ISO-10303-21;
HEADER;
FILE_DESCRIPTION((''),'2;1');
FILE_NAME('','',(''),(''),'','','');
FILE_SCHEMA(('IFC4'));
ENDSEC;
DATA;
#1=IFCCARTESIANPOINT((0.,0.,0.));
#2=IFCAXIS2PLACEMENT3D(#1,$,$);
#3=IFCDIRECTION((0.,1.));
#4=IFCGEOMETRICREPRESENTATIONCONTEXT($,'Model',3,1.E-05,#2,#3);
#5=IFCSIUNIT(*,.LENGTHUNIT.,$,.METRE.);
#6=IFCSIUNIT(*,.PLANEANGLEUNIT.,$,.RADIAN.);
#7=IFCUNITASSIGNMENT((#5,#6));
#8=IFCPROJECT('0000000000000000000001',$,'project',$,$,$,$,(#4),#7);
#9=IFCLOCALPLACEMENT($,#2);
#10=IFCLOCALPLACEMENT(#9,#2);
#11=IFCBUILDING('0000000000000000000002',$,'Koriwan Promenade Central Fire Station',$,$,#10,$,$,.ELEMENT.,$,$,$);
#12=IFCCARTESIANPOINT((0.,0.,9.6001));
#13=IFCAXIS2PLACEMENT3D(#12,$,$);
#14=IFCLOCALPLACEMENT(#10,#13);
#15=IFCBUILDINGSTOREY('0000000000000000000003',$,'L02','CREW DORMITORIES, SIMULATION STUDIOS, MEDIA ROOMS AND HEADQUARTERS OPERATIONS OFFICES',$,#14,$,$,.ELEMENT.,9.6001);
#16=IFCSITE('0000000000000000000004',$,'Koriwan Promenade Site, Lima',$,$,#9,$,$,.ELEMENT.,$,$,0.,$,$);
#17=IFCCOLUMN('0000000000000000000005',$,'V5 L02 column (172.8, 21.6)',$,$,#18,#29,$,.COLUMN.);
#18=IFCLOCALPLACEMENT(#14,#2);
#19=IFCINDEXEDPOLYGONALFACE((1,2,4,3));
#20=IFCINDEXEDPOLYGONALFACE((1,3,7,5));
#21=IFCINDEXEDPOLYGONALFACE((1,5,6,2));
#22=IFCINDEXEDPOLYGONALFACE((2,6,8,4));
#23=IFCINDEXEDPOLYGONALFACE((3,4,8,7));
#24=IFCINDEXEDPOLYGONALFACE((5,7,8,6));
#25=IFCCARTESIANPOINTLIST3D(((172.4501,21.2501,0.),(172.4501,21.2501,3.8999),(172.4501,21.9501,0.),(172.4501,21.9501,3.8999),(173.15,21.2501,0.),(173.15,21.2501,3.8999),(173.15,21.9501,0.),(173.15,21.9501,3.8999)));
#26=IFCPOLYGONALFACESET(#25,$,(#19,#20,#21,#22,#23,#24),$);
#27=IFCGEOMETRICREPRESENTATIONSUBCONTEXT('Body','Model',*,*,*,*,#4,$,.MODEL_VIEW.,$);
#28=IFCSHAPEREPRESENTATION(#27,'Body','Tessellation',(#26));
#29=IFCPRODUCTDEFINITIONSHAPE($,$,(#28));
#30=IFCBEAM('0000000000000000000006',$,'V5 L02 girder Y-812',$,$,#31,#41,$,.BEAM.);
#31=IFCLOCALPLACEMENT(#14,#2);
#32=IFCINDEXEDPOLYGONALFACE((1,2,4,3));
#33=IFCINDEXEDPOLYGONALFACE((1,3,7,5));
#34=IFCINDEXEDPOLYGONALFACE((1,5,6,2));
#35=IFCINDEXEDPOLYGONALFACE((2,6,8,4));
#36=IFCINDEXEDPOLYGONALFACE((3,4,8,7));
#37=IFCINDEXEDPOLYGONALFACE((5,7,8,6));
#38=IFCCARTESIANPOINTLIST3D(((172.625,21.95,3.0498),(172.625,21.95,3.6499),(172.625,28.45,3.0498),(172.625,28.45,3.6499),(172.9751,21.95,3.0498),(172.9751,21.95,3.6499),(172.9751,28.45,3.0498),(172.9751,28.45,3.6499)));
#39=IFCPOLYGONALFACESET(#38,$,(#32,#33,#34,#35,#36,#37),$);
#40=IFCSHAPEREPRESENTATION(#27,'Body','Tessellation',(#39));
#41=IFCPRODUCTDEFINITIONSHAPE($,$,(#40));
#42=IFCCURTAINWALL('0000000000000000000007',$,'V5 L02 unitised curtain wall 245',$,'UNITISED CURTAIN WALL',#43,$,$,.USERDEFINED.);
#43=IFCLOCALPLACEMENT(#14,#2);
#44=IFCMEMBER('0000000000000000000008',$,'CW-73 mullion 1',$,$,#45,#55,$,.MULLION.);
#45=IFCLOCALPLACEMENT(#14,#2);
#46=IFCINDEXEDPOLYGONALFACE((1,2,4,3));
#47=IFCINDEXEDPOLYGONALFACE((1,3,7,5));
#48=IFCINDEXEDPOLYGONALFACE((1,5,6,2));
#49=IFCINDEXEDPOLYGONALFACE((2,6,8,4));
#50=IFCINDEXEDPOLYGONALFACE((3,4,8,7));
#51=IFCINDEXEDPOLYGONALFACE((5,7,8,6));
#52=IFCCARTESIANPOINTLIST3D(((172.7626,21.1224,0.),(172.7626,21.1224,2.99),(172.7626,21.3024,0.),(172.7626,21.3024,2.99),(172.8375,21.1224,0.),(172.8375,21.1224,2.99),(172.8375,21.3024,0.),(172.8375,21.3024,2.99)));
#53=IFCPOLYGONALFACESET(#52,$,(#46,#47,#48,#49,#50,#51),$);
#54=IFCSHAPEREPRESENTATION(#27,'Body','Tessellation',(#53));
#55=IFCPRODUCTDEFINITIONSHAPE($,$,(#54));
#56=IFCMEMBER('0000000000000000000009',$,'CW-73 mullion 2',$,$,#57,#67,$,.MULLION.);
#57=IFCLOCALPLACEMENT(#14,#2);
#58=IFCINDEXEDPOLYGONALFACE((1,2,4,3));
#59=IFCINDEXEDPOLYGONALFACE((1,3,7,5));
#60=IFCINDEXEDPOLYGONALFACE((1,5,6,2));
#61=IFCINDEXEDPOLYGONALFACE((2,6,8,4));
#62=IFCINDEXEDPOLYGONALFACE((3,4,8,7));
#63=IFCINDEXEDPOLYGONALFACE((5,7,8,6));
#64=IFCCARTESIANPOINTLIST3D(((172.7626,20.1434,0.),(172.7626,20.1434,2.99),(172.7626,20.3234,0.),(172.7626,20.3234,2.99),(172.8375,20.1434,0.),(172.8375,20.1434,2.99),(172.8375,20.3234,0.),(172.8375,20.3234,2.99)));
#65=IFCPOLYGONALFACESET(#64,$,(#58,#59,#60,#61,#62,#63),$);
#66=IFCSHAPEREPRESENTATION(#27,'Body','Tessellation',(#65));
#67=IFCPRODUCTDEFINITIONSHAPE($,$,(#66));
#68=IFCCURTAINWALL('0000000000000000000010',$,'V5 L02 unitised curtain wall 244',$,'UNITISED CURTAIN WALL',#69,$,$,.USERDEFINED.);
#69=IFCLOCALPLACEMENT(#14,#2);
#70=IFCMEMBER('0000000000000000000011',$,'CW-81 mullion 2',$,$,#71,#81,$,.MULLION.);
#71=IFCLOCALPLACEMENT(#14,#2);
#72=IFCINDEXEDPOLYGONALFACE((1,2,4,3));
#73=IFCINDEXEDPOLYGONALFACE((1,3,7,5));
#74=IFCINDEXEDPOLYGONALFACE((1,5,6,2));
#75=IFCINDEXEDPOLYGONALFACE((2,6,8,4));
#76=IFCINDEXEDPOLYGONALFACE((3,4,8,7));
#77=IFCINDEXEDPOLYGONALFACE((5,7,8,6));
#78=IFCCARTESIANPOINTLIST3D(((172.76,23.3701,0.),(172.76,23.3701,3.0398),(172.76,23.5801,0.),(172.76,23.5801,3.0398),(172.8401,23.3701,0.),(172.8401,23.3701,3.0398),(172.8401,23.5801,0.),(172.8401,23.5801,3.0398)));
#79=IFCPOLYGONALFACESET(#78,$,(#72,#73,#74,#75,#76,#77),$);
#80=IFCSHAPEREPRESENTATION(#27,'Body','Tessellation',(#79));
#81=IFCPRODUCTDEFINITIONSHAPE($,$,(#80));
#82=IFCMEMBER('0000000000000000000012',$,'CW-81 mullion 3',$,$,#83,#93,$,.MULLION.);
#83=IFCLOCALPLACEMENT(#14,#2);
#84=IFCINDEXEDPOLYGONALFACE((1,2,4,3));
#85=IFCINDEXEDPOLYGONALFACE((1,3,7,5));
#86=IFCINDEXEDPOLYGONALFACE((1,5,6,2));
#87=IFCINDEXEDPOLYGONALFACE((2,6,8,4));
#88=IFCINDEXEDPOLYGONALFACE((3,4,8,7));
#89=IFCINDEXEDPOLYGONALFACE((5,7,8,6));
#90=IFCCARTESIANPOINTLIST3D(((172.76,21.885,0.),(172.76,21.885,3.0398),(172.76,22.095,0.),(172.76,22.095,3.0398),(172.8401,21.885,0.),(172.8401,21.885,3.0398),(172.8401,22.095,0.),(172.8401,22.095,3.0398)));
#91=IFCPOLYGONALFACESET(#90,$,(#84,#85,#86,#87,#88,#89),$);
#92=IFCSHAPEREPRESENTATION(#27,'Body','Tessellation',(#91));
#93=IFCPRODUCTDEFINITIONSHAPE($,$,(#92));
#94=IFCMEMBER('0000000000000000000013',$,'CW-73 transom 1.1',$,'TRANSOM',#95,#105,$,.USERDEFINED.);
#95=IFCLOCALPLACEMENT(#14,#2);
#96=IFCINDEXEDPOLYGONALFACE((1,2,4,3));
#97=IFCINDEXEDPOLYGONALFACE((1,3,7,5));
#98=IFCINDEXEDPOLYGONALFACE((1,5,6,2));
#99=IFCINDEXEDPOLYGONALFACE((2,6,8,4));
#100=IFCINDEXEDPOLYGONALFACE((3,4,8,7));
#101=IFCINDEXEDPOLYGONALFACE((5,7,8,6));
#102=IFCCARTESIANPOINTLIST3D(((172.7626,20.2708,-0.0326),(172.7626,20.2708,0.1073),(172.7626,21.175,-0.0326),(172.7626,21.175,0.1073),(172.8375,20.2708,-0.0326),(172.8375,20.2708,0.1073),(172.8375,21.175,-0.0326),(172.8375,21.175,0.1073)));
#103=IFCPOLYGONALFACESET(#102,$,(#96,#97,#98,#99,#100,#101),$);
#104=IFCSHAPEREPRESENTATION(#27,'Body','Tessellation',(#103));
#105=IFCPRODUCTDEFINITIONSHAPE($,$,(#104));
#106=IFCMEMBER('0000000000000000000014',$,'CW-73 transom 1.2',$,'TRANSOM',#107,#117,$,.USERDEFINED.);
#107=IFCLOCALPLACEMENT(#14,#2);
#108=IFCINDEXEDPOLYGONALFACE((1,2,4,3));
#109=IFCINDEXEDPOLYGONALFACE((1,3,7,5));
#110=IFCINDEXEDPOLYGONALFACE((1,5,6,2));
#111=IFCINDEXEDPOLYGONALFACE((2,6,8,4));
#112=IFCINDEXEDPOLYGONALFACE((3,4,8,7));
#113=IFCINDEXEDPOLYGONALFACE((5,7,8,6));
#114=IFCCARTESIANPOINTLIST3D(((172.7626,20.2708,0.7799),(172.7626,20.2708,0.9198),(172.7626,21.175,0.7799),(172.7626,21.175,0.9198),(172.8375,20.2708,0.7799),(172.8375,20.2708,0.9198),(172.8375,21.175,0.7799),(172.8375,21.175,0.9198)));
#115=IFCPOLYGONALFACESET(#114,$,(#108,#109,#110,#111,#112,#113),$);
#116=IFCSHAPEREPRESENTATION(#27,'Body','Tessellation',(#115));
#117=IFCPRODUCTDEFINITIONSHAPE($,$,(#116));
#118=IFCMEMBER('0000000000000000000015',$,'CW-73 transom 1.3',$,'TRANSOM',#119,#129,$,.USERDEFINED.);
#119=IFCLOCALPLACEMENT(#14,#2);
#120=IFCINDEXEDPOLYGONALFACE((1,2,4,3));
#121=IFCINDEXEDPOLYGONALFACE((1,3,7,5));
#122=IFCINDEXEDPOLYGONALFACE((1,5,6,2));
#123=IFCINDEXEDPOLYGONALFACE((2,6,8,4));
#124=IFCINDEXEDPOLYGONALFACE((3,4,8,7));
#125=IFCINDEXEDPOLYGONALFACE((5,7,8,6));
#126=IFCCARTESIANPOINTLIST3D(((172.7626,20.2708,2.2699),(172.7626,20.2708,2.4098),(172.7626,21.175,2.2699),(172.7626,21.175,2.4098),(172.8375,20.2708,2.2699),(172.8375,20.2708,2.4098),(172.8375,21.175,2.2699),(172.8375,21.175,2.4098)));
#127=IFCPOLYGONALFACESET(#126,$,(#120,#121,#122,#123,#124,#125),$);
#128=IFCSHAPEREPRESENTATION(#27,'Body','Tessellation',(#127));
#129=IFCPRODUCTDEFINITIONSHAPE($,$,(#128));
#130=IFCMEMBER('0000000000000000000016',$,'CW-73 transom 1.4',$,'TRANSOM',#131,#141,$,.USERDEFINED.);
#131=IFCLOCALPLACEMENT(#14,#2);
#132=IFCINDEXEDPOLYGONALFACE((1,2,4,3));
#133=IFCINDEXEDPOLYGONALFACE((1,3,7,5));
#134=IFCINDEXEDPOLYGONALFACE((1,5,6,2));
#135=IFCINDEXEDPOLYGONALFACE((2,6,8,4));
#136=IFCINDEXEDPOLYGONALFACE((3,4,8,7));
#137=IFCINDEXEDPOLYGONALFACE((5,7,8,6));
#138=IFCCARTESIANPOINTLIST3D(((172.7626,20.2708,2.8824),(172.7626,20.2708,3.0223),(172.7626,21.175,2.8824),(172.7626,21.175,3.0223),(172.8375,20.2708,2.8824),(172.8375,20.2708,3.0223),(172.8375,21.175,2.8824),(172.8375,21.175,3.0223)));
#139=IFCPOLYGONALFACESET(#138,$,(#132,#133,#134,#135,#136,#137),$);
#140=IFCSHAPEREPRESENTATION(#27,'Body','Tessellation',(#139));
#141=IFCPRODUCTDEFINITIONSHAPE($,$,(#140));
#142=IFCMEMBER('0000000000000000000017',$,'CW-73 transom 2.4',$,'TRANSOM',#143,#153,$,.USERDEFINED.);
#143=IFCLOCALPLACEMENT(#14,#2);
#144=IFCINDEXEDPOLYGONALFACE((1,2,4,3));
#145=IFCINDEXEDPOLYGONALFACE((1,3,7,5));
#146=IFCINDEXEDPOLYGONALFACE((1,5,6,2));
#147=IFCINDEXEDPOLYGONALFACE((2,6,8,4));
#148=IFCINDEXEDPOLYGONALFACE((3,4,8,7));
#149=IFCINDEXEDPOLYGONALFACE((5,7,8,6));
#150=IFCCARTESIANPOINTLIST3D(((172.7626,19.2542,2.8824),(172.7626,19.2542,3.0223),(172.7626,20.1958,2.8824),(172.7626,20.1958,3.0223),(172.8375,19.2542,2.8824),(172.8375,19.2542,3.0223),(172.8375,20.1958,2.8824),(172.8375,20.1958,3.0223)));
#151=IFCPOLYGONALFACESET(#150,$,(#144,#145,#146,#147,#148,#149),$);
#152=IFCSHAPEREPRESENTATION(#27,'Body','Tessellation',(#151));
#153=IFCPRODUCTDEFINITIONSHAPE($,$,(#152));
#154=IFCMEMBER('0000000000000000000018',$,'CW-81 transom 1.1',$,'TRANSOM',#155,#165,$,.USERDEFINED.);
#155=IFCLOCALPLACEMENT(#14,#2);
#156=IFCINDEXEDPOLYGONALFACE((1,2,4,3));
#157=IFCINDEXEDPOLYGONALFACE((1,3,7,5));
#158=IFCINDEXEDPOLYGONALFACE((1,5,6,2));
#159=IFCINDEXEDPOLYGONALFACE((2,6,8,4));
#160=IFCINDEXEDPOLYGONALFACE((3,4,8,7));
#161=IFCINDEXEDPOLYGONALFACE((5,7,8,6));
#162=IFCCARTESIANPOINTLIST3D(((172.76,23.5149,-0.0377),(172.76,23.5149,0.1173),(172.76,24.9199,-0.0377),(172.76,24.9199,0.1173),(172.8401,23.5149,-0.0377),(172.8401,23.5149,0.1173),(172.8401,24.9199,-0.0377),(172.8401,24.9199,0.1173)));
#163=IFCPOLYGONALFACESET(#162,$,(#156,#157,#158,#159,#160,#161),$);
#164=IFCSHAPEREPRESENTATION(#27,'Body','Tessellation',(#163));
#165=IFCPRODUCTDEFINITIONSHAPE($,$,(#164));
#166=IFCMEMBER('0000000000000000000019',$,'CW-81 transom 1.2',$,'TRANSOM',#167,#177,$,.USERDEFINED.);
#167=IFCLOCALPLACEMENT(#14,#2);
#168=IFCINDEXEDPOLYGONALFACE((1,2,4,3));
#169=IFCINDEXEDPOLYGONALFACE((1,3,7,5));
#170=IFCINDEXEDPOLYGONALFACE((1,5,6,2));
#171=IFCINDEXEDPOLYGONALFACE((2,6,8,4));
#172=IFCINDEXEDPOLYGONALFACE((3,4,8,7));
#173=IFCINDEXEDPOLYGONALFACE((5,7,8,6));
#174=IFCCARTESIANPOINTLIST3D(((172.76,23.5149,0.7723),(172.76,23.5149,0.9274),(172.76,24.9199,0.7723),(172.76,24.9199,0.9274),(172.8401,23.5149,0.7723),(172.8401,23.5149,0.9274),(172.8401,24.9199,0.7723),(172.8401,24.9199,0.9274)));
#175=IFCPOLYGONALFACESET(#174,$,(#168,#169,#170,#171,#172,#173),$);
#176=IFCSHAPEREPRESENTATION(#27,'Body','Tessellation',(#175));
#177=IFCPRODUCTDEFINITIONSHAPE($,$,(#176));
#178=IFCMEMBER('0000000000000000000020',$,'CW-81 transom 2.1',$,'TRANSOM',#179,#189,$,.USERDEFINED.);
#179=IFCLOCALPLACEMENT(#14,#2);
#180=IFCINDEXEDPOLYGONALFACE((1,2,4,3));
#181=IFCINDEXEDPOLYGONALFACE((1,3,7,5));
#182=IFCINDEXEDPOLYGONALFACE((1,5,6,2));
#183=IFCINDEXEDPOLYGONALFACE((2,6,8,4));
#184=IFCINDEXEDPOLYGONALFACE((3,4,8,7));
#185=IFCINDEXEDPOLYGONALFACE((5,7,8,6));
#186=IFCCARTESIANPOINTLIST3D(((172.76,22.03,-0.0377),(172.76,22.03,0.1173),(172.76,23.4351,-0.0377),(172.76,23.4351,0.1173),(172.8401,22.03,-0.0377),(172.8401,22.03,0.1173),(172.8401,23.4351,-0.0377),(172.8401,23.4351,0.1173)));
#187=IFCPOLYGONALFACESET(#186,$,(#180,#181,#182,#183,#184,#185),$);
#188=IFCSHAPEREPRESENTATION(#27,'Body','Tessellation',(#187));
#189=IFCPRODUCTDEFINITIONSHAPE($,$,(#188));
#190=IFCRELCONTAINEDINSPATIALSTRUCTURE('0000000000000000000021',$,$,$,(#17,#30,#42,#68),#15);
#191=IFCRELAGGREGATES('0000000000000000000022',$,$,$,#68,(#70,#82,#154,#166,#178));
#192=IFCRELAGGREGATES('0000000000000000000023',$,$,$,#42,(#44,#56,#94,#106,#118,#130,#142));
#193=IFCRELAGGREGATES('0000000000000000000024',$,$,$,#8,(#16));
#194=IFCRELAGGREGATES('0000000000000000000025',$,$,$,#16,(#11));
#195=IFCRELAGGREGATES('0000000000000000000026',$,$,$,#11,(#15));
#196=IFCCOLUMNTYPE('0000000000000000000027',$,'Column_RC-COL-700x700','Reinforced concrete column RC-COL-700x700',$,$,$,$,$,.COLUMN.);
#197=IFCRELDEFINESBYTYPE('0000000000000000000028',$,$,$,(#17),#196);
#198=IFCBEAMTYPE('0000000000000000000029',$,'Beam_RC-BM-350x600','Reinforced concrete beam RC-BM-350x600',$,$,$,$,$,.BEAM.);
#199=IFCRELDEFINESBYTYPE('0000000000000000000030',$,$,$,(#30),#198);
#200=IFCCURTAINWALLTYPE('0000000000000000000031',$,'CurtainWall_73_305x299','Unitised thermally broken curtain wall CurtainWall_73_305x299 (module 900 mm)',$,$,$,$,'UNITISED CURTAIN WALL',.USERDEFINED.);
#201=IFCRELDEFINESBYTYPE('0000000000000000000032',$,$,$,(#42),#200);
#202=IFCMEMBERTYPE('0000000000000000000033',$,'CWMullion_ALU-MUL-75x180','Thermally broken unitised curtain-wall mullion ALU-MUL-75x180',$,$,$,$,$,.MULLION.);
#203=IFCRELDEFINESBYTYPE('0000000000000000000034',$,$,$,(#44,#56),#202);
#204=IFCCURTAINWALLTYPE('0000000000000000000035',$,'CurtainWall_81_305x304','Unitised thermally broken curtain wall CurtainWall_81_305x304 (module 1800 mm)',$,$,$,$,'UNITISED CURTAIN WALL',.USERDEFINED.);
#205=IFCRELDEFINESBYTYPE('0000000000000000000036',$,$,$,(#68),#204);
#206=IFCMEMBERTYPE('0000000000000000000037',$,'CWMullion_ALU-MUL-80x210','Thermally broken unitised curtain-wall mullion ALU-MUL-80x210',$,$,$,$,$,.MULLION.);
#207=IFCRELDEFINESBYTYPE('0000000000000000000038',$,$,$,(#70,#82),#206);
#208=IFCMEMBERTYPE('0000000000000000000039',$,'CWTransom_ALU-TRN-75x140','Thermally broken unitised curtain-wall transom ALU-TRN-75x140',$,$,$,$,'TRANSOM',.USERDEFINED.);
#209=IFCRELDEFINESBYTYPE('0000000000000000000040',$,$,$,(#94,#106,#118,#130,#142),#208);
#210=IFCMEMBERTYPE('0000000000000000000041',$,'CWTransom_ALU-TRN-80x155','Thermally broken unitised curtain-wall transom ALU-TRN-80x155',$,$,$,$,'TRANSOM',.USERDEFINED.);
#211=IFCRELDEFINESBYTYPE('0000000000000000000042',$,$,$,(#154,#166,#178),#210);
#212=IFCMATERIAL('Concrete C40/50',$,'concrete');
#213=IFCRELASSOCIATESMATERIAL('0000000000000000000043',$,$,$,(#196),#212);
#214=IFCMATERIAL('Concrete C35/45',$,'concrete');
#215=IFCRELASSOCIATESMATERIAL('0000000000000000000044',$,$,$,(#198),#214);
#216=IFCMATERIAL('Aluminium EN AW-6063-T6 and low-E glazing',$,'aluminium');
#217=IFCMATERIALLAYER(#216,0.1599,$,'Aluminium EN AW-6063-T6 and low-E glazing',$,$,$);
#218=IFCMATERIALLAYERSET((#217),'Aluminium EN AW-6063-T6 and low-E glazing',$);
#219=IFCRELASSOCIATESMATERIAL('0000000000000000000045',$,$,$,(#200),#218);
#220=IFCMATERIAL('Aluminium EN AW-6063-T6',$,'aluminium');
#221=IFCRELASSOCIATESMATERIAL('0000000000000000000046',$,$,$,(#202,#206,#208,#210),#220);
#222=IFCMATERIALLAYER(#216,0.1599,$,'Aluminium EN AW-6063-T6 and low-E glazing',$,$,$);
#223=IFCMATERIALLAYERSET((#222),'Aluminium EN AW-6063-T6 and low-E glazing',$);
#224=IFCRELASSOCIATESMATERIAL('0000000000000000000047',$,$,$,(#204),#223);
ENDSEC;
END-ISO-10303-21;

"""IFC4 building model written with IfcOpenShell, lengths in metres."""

from ifc_helpers import new_model, si_unit, direction, frame, origin, origin_2d, place, context, subcontext, project, spatial, rectangle, extrude, material, layer, layer_set, material_profile, profile_set, type_object, element, aggregate, save


model = new_model("IFC4")

# Units and contexts
model_context = context("Model", 3, precision=1e-05, world=origin(), true_north=direction((0.0, 1.0)))
body_context = subcontext(model_context, "Body", "Model", "MODEL_VIEW")
ifc_project = project(units=[si_unit("LENGTHUNIT", "METRE"), si_unit("PLANEANGLEUNIT", "RADIAN")], contexts=[model_context])

# Site, building, storey
site_placement = place(None, origin())
site = spatial("IfcSite", under=ifc_project, at=site_placement, Name="Koriwan Promenade Site, Lima", CompositionType="ELEMENT", RefElevation=0.0)
building_placement = place(site_placement, origin())
building = spatial("IfcBuilding", under=site, at=building_placement, Name="Koriwan Promenade Central Fire Station", CompositionType="ELEMENT")
storey_placement = place(building_placement, frame((0.0, 0.0, 9.6001)))
storey = spatial("IfcBuildingStorey", under=building, at=storey_placement, Name="L02", Description="CREW DORMITORIES, SIMULATION STUDIOS, MEDIA ROOMS AND HEADQUARTERS OPERATIONS OFFICES", CompositionType="ELEMENT", Elevation=9.6001)

# Column
ifc_material_1 = material(Name="Concrete C40/50", Category="concrete")
ifc_material_profile_1 = material_profile(ifc_material_1, rectangle(XDim=0.7, YDim=0.7, at=origin_2d()), Name="RC-COL-700x700")
ifc_profile_set_1 = profile_set([ifc_material_profile_1], Name="Concrete C40/50")
column_type = type_object("IfcColumnType", Name="Column_RC-COL-700x700", Description="Reinforced concrete column RC-COL-700x700", PredefinedType="COLUMN", material=ifc_profile_set_1)
column_placement = place(storey_placement, frame((172.8, 21.6001, 0.0), z_axis=(0.0, 0.0, 1.0), x_axis=(1.0, 0.0, 0.0)))
element("IfcColumn", 1, at=column_placement, inside=storey, type_object=column_type, Name="V5 L02 column (172.8, 21.6)", PredefinedType="COLUMN", context=body_context, shape_type="SweptSolid", body=[
    extrude(rectangle(XDim=0.7, YDim=0.7, at=origin_2d()), origin(), (0.0, 0.0, 1.0), 3.8999),
])

# Beam
ifc_material_2 = material(Name="Concrete C35/45", Category="concrete")
ifc_material_profile_2 = material_profile(ifc_material_2, rectangle(XDim=0.3501, YDim=0.6001, at=origin_2d()), Name="RC-BM-350x600")
ifc_profile_set_2 = profile_set([ifc_material_profile_2], Name="Concrete C35/45")
beam_type = type_object("IfcBeamType", Name="Beam_RC-BM-350x600", Description="Reinforced concrete beam RC-BM-350x600", PredefinedType="BEAM", material=ifc_profile_set_2)
beam_placement = place(storey_placement, frame((172.8, 21.95, 3.3499), z_axis=(0.0, 1.0, 0.0), x_axis=(-1.0, 0.0, 0.0)))
element("IfcBeam", 2, at=beam_placement, inside=storey, type_object=beam_type, Name="V5 L02 girder Y-812", PredefinedType="BEAM", context=body_context, shape_type="SweptSolid", body=[
    extrude(rectangle(XDim=0.3501, YDim=0.6001, at=origin_2d()), origin(), (0.0, 0.0, 1.0), 6.5),
])

# Curtain walls, members
ifc_material_3 = material(Name="Aluminium EN AW-6063-T6 and low-E glazing", Category="aluminium")
ifc_layer_1 = layer(ifc_material_3, 0.1599, Name="Aluminium EN AW-6063-T6 and low-E glazing")
ifc_layer_set_1 = layer_set([ifc_layer_1], Name="Aluminium EN AW-6063-T6 and low-E glazing")
curtain_wall_type_1 = type_object("IfcCurtainWallType", Name="CurtainWall_73_305x299", Description="Unitised thermally broken curtain wall CurtainWall_73_305x299 (module 900 mm)", ElementType="UNITISED CURTAIN WALL", PredefinedType="USERDEFINED", material=ifc_layer_set_1)
curtain_wall_1_placement = place(storey_placement, origin())
curtain_wall_1 = element("IfcCurtainWall", 3, at=curtain_wall_1_placement, inside=storey, type_object=curtain_wall_type_1, Name="V5 L02 unitised curtain wall 245", ObjectType="UNITISED CURTAIN WALL", PredefinedType="USERDEFINED")
ifc_material_4 = material(Name="Aluminium EN AW-6063-T6", Category="aluminium")
ifc_material_profile_3 = material_profile(ifc_material_4, rectangle(XDim=0.075, YDim=0.1799, at=origin_2d()), Name="ALU-MUL-75x180")
ifc_profile_set_3 = profile_set([ifc_material_profile_3], Name="Aluminium EN AW-6063-T6")
member_type_1 = type_object("IfcMemberType", Name="CWMullion_ALU-MUL-75x180", Description="Thermally broken unitised curtain-wall mullion ALU-MUL-75x180", PredefinedType="MULLION", material=ifc_profile_set_3)
member_1_placement = place(storey_placement, frame((172.8, 21.2124, 0.0), z_axis=(0.0, 0.0, 1.0), x_axis=(1.0, 0.0, 0.0)))
member_1 = element("IfcMember", 4, at=member_1_placement, type_object=member_type_1, Name="CW-73 mullion 1", PredefinedType="MULLION", context=body_context, shape_type="SweptSolid", body=[
    extrude(rectangle(XDim=0.075, YDim=0.1799, at=origin_2d()), origin(), (0.0, 0.0, 1.0), 2.99),
])
member_2_placement = place(storey_placement, frame((172.8, 20.2334, 0.0), z_axis=(0.0, 0.0, 1.0), x_axis=(1.0, 0.0, 0.0)))
member_2 = element("IfcMember", 5, at=member_2_placement, type_object=member_type_1, Name="CW-73 mullion 2", PredefinedType="MULLION", context=body_context, shape_type="SweptSolid", body=[
    extrude(rectangle(XDim=0.075, YDim=0.1799, at=origin_2d()), origin(), (0.0, 0.0, 1.0), 2.99),
])
ifc_layer_2 = layer(ifc_material_3, 0.1599, Name="Aluminium EN AW-6063-T6 and low-E glazing")
ifc_layer_set_2 = layer_set([ifc_layer_2], Name="Aluminium EN AW-6063-T6 and low-E glazing")
curtain_wall_type_2 = type_object("IfcCurtainWallType", Name="CurtainWall_81_305x304", Description="Unitised thermally broken curtain wall CurtainWall_81_305x304 (module 1800 mm)", ElementType="UNITISED CURTAIN WALL", PredefinedType="USERDEFINED", material=ifc_layer_set_2)
curtain_wall_2_placement = place(storey_placement, origin())
curtain_wall_2 = element("IfcCurtainWall", 6, at=curtain_wall_2_placement, inside=storey, type_object=curtain_wall_type_2, Name="V5 L02 unitised curtain wall 244", ObjectType="UNITISED CURTAIN WALL", PredefinedType="USERDEFINED")
ifc_material_profile_4 = material_profile(ifc_material_4, rectangle(XDim=0.0801, YDim=0.21, at=origin_2d()), Name="ALU-MUL-80x210")
ifc_profile_set_4 = profile_set([ifc_material_profile_4], Name="Aluminium EN AW-6063-T6")
member_type_2 = type_object("IfcMemberType", Name="CWMullion_ALU-MUL-80x210", Description="Thermally broken unitised curtain-wall mullion ALU-MUL-80x210", PredefinedType="MULLION", material=ifc_profile_set_4)
member_3_placement = place(storey_placement, frame((172.8, 23.4751, 0.0), z_axis=(0.0, 0.0, 1.0), x_axis=(1.0, 0.0, 0.0)))
member_3 = element("IfcMember", 7, at=member_3_placement, type_object=member_type_2, Name="CW-81 mullion 2", PredefinedType="MULLION", context=body_context, shape_type="SweptSolid", body=[
    extrude(rectangle(XDim=0.0801, YDim=0.21, at=origin_2d()), origin(), (0.0, 0.0, 1.0), 3.0398),
])
member_4_placement = place(storey_placement, frame((172.8, 21.99, 0.0), z_axis=(0.0, 0.0, 1.0), x_axis=(1.0, 0.0, 0.0)))
member_4 = element("IfcMember", 8, at=member_4_placement, type_object=member_type_2, Name="CW-81 mullion 3", PredefinedType="MULLION", context=body_context, shape_type="SweptSolid", body=[
    extrude(rectangle(XDim=0.0801, YDim=0.21, at=origin_2d()), origin(), (0.0, 0.0, 1.0), 3.0398),
])

# Members
ifc_material_profile_5 = material_profile(ifc_material_4, rectangle(XDim=0.075, YDim=0.1399, at=origin_2d()), Name="ALU-TRN-75x140")
ifc_profile_set_5 = profile_set([ifc_material_profile_5], Name="Aluminium EN AW-6063-T6")
member_type_3 = type_object("IfcMemberType", Name="CWTransom_ALU-TRN-75x140", Description="Thermally broken unitised curtain-wall transom ALU-TRN-75x140", ElementType="TRANSOM", PredefinedType="USERDEFINED", material=ifc_profile_set_5)
member_5_placement = place(storey_placement, frame((172.8, 21.175, 0.0374), z_axis=(0.0, -1.0, 0.0), x_axis=(1.0, 0.0, 0.0)))
member_5 = element("IfcMember", 9, at=member_5_placement, type_object=member_type_3, Name="CW-73 transom 1.1", ObjectType="TRANSOM", PredefinedType="USERDEFINED", context=body_context, shape_type="SweptSolid", body=[
    extrude(rectangle(XDim=0.075, YDim=0.1399, at=origin_2d()), origin(), (0.0, 0.0, 1.0), 0.9043),
])
member_6_placement = place(storey_placement, frame((172.8, 21.175, 0.8499), z_axis=(0.0, -1.0, 0.0), x_axis=(1.0, 0.0, 0.0)))
member_6 = element("IfcMember", 10, at=member_6_placement, type_object=member_type_3, Name="CW-73 transom 1.2", ObjectType="TRANSOM", PredefinedType="USERDEFINED", context=body_context, shape_type="SweptSolid", body=[
    extrude(rectangle(XDim=0.075, YDim=0.1399, at=origin_2d()), origin(), (0.0, 0.0, 1.0), 0.9043),
])
member_7_placement = place(storey_placement, frame((172.8, 21.175, 2.3398), z_axis=(0.0, -1.0, 0.0), x_axis=(1.0, 0.0, 0.0)))
member_7 = element("IfcMember", 11, at=member_7_placement, type_object=member_type_3, Name="CW-73 transom 1.3", ObjectType="TRANSOM", PredefinedType="USERDEFINED", context=body_context, shape_type="SweptSolid", body=[
    extrude(rectangle(XDim=0.075, YDim=0.1399, at=origin_2d()), origin(), (0.0, 0.0, 1.0), 0.9043),
])
member_8_placement = place(storey_placement, frame((172.8, 21.175, 2.9524), z_axis=(0.0, -1.0, 0.0), x_axis=(1.0, 0.0, 0.0)))
member_8 = element("IfcMember", 12, at=member_8_placement, type_object=member_type_3, Name="CW-73 transom 1.4", ObjectType="TRANSOM", PredefinedType="USERDEFINED", context=body_context, shape_type="SweptSolid", body=[
    extrude(rectangle(XDim=0.075, YDim=0.1399, at=origin_2d()), origin(), (0.0, 0.0, 1.0), 0.9043),
])
member_9_placement = place(storey_placement, frame((172.8, 20.1958, 2.9524), z_axis=(0.0, -1.0, 0.0), x_axis=(1.0, 0.0, 0.0)))
member_9 = element("IfcMember", 13, at=member_9_placement, type_object=member_type_3, Name="CW-73 transom 2.4", ObjectType="TRANSOM", PredefinedType="USERDEFINED", context=body_context, shape_type="SweptSolid", body=[
    extrude(rectangle(XDim=0.075, YDim=0.1399, at=origin_2d()), origin(), (0.0, 0.0, 1.0), 0.9417),
])
ifc_material_profile_6 = material_profile(ifc_material_4, rectangle(XDim=0.0801, YDim=0.155, at=origin_2d()), Name="ALU-TRN-80x155")
ifc_profile_set_6 = profile_set([ifc_material_profile_6], Name="Aluminium EN AW-6063-T6")
member_type_4 = type_object("IfcMemberType", Name="CWTransom_ALU-TRN-80x155", Description="Thermally broken unitised curtain-wall transom ALU-TRN-80x155", ElementType="TRANSOM", PredefinedType="USERDEFINED", material=ifc_profile_set_6)
member_10_placement = place(storey_placement, frame((172.8, 24.9199, 0.0398), z_axis=(0.0, -1.0, 0.0), x_axis=(1.0, 0.0, 0.0)))
member_10 = element("IfcMember", 14, at=member_10_placement, type_object=member_type_4, Name="CW-81 transom 1.1", ObjectType="TRANSOM", PredefinedType="USERDEFINED", context=body_context, shape_type="SweptSolid", body=[
    extrude(rectangle(XDim=0.0801, YDim=0.155, at=origin_2d()), origin(), (0.0, 0.0, 1.0), 1.405),
])
member_11_placement = place(storey_placement, frame((172.8, 24.9199, 0.8499), z_axis=(0.0, -1.0, 0.0), x_axis=(1.0, 0.0, 0.0)))
member_11 = element("IfcMember", 15, at=member_11_placement, type_object=member_type_4, Name="CW-81 transom 1.2", ObjectType="TRANSOM", PredefinedType="USERDEFINED", context=body_context, shape_type="SweptSolid", body=[
    extrude(rectangle(XDim=0.0801, YDim=0.155, at=origin_2d()), origin(), (0.0, 0.0, 1.0), 1.405),
])
member_12_placement = place(storey_placement, frame((172.8, 23.4351, 0.0398), z_axis=(0.0, -1.0, 0.0), x_axis=(1.0, 0.0, 0.0)))
member_12 = element("IfcMember", 16, at=member_12_placement, type_object=member_type_4, Name="CW-81 transom 2.1", ObjectType="TRANSOM", PredefinedType="USERDEFINED", context=body_context, shape_type="SweptSolid", body=[
    extrude(rectangle(XDim=0.0801, YDim=0.155, at=origin_2d()), origin(), (0.0, 0.0, 1.0), 1.405),
])

aggregate(curtain_wall_2, [member_3, member_4, member_10, member_11, member_12])
aggregate(curtain_wall_1, [member_1, member_2, member_5, member_6, member_7, member_8, member_9])

save(model, "model.ifc")
